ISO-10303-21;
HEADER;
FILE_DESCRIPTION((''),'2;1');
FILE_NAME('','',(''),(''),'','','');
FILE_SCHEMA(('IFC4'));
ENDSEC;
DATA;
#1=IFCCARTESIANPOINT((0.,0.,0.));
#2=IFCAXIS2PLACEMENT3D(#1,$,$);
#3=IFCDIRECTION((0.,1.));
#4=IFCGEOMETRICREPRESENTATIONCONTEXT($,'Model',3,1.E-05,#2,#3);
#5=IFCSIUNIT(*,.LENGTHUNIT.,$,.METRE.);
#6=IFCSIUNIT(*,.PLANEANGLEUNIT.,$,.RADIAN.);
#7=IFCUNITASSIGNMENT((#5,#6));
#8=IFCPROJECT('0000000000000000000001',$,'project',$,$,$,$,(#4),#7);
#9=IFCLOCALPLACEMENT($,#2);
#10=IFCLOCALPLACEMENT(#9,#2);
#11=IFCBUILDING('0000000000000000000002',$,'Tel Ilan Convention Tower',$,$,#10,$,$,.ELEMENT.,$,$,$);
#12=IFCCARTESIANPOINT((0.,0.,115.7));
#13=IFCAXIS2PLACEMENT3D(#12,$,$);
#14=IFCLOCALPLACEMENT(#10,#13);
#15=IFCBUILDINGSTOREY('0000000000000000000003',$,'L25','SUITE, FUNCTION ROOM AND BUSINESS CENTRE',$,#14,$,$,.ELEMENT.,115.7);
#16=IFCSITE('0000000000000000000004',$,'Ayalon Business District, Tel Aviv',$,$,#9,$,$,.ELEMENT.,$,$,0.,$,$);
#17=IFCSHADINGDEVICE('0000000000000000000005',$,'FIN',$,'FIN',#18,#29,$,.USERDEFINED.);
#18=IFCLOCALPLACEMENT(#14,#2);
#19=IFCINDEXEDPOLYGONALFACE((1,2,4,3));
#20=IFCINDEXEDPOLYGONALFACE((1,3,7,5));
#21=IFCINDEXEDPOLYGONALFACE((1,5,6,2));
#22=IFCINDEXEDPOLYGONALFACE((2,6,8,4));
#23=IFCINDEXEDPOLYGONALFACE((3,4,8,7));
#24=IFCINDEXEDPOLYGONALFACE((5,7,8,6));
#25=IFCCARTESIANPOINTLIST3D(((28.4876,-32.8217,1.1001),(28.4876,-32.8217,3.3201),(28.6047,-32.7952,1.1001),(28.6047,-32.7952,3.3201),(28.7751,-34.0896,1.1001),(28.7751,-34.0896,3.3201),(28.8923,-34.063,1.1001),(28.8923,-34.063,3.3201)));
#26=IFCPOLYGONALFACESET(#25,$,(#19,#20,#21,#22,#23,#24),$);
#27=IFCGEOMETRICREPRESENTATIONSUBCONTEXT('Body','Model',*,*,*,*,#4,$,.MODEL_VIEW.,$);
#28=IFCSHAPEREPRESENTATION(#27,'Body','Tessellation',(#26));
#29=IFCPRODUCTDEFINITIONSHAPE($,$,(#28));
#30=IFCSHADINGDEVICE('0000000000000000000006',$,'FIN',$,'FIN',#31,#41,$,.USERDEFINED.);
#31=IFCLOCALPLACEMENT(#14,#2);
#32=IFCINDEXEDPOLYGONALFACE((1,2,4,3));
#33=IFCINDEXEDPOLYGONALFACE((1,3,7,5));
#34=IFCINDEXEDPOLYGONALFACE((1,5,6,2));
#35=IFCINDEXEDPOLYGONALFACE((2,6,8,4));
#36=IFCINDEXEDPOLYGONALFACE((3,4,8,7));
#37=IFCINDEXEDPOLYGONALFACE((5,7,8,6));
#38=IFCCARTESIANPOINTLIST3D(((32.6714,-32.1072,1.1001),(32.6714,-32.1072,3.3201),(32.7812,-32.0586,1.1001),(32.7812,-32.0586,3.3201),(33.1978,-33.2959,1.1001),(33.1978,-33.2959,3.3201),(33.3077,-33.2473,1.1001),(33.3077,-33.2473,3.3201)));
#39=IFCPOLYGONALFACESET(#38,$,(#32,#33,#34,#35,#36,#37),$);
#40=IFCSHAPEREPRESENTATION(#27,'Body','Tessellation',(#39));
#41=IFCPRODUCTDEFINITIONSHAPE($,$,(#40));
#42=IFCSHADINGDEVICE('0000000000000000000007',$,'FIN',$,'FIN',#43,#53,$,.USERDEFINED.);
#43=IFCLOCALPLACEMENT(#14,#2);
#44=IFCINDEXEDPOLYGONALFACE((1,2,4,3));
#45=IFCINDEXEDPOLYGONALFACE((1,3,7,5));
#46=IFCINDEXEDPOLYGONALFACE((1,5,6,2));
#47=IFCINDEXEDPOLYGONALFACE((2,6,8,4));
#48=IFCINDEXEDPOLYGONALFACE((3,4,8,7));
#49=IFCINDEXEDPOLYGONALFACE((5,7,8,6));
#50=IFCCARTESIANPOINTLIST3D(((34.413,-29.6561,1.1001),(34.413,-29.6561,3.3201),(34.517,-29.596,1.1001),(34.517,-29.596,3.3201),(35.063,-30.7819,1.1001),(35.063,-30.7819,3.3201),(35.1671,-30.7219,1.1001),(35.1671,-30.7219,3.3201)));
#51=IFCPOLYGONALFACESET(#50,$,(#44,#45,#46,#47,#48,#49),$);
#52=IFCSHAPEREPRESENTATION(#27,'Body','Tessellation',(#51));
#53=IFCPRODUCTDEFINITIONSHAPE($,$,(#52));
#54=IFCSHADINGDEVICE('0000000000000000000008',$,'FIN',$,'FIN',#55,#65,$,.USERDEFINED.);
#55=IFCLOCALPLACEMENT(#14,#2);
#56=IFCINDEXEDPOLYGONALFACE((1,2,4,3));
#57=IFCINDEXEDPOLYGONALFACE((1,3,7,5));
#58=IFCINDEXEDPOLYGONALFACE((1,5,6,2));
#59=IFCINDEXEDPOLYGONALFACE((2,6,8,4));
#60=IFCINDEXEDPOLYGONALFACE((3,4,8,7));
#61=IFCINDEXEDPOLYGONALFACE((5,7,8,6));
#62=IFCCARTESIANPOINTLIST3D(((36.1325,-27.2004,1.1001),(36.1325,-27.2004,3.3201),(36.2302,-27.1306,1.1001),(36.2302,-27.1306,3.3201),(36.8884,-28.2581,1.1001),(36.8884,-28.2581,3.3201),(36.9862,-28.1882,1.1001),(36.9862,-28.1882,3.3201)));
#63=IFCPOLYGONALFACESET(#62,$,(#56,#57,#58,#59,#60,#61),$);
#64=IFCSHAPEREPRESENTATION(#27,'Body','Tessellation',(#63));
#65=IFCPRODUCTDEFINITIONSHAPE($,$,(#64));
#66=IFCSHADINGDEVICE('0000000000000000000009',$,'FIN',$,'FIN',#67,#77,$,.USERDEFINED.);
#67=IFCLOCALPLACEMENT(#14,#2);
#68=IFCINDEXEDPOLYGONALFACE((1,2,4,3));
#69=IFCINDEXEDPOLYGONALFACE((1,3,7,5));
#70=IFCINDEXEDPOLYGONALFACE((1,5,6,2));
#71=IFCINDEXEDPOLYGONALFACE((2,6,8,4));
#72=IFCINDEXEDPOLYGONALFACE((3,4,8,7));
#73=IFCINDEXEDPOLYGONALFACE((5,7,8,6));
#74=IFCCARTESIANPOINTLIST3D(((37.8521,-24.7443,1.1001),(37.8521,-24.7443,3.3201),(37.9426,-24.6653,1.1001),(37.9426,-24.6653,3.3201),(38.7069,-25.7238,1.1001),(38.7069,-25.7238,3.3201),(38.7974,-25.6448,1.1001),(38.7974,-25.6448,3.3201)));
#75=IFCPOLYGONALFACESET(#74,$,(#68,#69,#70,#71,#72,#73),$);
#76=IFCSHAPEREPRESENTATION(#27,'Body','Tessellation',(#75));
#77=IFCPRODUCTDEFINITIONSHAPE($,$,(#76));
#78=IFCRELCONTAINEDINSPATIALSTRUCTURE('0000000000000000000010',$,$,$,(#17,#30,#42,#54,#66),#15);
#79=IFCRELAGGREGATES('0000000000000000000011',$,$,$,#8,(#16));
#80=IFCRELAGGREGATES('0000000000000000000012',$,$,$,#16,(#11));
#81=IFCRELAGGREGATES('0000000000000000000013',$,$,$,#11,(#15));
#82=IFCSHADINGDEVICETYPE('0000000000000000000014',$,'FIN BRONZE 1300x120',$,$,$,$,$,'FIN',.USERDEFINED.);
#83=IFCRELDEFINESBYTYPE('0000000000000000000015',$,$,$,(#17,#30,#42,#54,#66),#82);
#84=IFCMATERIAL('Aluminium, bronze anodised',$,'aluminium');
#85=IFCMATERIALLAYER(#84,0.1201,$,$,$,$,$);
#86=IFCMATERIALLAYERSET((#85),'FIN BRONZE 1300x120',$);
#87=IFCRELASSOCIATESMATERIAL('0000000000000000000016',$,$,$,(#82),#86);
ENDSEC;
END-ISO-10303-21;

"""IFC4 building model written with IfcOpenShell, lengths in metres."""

from ifc_helpers import new_model, si_unit, direction, frame, origin, origin_2d, place, context, subcontext, project, spatial, rectangle, extrude, material, layer, layer_set, type_object, element, save


model = new_model("IFC4")

# Units and contexts
model_context = context("Model", 3, precision=1e-05, world=origin(), true_north=direction((0.0, 1.0)))
body_context = subcontext(model_context, "Body", "Model", "MODEL_VIEW")
ifc_project = project(units=[si_unit("LENGTHUNIT", "METRE"), si_unit("PLANEANGLEUNIT", "RADIAN")], contexts=[model_context])

# Site, building, storey
site_placement = place(None, origin())
site = spatial("IfcSite", under=ifc_project, at=site_placement, Name="Ayalon Business District, Tel Aviv", CompositionType="ELEMENT", RefElevation=0.0)
building_placement = place(site_placement, origin())
building = spatial("IfcBuilding", under=site, at=building_placement, Name="Tel Ilan Convention Tower", CompositionType="ELEMENT")
storey_placement = place(building_placement, frame((0.0, 0.0, 115.7)))
storey = spatial("IfcBuildingStorey", under=building, at=storey_placement, Name="L25", Description="SUITE, FUNCTION ROOM AND BUSINESS CENTRE", CompositionType="ELEMENT", Elevation=115.7)

# Shading devices
ifc_material_1 = material(Name="Aluminium, bronze anodised", Category="aluminium")
ifc_layer_1 = layer(ifc_material_1, 0.1201)
ifc_layer_set_1 = layer_set([ifc_layer_1], Name="FIN BRONZE 1300x120")
shading_device_type = type_object("IfcShadingDeviceType", Name="FIN BRONZE 1300x120", ElementType="FIN", PredefinedType="USERDEFINED", material=ifc_layer_set_1)
for number, where, z_axis, x_axis, name in (
    (1, (28.6899, -33.4424, 1.1001), (0.0, 0.0, 1.0), (0.22117, -0.975235, 0.0), "FIN"),
    (2, (32.9895, -32.6772, 1.1001), (0.0, 0.0, 1.0), (0.404964, -0.914333, 0.0), "FIN"),
    (3, (34.79, -30.189, 1.1001), (0.0, 0.0, 1.0), (0.5, -0.866025, 0.0), "FIN"),
    (4, (36.5593, -27.6943, 1.1001), (0.0, 0.0, 1.0), (0.581492, -0.813552, 0.0), "FIN"),
    (5, (38.3247, -25.1946, 1.1001), (0.0, 0.0, 1.0), (0.657521, -0.753436, 0.0), "FIN"),
):
    element("IfcShadingDevice", number, at=place(storey_placement, frame(where, z_axis=z_axis, x_axis=x_axis)), inside=storey, type_object=shading_device_type, Name=name, ObjectType="FIN", PredefinedType="USERDEFINED", context=body_context, shape_type="SweptSolid", body=[
        extrude(rectangle(XDim=1.3, YDim=0.1201, at=origin_2d()), origin(), (0.0, 0.0, 1.0), 2.22),
    ])

save(model, "model.ifc")
